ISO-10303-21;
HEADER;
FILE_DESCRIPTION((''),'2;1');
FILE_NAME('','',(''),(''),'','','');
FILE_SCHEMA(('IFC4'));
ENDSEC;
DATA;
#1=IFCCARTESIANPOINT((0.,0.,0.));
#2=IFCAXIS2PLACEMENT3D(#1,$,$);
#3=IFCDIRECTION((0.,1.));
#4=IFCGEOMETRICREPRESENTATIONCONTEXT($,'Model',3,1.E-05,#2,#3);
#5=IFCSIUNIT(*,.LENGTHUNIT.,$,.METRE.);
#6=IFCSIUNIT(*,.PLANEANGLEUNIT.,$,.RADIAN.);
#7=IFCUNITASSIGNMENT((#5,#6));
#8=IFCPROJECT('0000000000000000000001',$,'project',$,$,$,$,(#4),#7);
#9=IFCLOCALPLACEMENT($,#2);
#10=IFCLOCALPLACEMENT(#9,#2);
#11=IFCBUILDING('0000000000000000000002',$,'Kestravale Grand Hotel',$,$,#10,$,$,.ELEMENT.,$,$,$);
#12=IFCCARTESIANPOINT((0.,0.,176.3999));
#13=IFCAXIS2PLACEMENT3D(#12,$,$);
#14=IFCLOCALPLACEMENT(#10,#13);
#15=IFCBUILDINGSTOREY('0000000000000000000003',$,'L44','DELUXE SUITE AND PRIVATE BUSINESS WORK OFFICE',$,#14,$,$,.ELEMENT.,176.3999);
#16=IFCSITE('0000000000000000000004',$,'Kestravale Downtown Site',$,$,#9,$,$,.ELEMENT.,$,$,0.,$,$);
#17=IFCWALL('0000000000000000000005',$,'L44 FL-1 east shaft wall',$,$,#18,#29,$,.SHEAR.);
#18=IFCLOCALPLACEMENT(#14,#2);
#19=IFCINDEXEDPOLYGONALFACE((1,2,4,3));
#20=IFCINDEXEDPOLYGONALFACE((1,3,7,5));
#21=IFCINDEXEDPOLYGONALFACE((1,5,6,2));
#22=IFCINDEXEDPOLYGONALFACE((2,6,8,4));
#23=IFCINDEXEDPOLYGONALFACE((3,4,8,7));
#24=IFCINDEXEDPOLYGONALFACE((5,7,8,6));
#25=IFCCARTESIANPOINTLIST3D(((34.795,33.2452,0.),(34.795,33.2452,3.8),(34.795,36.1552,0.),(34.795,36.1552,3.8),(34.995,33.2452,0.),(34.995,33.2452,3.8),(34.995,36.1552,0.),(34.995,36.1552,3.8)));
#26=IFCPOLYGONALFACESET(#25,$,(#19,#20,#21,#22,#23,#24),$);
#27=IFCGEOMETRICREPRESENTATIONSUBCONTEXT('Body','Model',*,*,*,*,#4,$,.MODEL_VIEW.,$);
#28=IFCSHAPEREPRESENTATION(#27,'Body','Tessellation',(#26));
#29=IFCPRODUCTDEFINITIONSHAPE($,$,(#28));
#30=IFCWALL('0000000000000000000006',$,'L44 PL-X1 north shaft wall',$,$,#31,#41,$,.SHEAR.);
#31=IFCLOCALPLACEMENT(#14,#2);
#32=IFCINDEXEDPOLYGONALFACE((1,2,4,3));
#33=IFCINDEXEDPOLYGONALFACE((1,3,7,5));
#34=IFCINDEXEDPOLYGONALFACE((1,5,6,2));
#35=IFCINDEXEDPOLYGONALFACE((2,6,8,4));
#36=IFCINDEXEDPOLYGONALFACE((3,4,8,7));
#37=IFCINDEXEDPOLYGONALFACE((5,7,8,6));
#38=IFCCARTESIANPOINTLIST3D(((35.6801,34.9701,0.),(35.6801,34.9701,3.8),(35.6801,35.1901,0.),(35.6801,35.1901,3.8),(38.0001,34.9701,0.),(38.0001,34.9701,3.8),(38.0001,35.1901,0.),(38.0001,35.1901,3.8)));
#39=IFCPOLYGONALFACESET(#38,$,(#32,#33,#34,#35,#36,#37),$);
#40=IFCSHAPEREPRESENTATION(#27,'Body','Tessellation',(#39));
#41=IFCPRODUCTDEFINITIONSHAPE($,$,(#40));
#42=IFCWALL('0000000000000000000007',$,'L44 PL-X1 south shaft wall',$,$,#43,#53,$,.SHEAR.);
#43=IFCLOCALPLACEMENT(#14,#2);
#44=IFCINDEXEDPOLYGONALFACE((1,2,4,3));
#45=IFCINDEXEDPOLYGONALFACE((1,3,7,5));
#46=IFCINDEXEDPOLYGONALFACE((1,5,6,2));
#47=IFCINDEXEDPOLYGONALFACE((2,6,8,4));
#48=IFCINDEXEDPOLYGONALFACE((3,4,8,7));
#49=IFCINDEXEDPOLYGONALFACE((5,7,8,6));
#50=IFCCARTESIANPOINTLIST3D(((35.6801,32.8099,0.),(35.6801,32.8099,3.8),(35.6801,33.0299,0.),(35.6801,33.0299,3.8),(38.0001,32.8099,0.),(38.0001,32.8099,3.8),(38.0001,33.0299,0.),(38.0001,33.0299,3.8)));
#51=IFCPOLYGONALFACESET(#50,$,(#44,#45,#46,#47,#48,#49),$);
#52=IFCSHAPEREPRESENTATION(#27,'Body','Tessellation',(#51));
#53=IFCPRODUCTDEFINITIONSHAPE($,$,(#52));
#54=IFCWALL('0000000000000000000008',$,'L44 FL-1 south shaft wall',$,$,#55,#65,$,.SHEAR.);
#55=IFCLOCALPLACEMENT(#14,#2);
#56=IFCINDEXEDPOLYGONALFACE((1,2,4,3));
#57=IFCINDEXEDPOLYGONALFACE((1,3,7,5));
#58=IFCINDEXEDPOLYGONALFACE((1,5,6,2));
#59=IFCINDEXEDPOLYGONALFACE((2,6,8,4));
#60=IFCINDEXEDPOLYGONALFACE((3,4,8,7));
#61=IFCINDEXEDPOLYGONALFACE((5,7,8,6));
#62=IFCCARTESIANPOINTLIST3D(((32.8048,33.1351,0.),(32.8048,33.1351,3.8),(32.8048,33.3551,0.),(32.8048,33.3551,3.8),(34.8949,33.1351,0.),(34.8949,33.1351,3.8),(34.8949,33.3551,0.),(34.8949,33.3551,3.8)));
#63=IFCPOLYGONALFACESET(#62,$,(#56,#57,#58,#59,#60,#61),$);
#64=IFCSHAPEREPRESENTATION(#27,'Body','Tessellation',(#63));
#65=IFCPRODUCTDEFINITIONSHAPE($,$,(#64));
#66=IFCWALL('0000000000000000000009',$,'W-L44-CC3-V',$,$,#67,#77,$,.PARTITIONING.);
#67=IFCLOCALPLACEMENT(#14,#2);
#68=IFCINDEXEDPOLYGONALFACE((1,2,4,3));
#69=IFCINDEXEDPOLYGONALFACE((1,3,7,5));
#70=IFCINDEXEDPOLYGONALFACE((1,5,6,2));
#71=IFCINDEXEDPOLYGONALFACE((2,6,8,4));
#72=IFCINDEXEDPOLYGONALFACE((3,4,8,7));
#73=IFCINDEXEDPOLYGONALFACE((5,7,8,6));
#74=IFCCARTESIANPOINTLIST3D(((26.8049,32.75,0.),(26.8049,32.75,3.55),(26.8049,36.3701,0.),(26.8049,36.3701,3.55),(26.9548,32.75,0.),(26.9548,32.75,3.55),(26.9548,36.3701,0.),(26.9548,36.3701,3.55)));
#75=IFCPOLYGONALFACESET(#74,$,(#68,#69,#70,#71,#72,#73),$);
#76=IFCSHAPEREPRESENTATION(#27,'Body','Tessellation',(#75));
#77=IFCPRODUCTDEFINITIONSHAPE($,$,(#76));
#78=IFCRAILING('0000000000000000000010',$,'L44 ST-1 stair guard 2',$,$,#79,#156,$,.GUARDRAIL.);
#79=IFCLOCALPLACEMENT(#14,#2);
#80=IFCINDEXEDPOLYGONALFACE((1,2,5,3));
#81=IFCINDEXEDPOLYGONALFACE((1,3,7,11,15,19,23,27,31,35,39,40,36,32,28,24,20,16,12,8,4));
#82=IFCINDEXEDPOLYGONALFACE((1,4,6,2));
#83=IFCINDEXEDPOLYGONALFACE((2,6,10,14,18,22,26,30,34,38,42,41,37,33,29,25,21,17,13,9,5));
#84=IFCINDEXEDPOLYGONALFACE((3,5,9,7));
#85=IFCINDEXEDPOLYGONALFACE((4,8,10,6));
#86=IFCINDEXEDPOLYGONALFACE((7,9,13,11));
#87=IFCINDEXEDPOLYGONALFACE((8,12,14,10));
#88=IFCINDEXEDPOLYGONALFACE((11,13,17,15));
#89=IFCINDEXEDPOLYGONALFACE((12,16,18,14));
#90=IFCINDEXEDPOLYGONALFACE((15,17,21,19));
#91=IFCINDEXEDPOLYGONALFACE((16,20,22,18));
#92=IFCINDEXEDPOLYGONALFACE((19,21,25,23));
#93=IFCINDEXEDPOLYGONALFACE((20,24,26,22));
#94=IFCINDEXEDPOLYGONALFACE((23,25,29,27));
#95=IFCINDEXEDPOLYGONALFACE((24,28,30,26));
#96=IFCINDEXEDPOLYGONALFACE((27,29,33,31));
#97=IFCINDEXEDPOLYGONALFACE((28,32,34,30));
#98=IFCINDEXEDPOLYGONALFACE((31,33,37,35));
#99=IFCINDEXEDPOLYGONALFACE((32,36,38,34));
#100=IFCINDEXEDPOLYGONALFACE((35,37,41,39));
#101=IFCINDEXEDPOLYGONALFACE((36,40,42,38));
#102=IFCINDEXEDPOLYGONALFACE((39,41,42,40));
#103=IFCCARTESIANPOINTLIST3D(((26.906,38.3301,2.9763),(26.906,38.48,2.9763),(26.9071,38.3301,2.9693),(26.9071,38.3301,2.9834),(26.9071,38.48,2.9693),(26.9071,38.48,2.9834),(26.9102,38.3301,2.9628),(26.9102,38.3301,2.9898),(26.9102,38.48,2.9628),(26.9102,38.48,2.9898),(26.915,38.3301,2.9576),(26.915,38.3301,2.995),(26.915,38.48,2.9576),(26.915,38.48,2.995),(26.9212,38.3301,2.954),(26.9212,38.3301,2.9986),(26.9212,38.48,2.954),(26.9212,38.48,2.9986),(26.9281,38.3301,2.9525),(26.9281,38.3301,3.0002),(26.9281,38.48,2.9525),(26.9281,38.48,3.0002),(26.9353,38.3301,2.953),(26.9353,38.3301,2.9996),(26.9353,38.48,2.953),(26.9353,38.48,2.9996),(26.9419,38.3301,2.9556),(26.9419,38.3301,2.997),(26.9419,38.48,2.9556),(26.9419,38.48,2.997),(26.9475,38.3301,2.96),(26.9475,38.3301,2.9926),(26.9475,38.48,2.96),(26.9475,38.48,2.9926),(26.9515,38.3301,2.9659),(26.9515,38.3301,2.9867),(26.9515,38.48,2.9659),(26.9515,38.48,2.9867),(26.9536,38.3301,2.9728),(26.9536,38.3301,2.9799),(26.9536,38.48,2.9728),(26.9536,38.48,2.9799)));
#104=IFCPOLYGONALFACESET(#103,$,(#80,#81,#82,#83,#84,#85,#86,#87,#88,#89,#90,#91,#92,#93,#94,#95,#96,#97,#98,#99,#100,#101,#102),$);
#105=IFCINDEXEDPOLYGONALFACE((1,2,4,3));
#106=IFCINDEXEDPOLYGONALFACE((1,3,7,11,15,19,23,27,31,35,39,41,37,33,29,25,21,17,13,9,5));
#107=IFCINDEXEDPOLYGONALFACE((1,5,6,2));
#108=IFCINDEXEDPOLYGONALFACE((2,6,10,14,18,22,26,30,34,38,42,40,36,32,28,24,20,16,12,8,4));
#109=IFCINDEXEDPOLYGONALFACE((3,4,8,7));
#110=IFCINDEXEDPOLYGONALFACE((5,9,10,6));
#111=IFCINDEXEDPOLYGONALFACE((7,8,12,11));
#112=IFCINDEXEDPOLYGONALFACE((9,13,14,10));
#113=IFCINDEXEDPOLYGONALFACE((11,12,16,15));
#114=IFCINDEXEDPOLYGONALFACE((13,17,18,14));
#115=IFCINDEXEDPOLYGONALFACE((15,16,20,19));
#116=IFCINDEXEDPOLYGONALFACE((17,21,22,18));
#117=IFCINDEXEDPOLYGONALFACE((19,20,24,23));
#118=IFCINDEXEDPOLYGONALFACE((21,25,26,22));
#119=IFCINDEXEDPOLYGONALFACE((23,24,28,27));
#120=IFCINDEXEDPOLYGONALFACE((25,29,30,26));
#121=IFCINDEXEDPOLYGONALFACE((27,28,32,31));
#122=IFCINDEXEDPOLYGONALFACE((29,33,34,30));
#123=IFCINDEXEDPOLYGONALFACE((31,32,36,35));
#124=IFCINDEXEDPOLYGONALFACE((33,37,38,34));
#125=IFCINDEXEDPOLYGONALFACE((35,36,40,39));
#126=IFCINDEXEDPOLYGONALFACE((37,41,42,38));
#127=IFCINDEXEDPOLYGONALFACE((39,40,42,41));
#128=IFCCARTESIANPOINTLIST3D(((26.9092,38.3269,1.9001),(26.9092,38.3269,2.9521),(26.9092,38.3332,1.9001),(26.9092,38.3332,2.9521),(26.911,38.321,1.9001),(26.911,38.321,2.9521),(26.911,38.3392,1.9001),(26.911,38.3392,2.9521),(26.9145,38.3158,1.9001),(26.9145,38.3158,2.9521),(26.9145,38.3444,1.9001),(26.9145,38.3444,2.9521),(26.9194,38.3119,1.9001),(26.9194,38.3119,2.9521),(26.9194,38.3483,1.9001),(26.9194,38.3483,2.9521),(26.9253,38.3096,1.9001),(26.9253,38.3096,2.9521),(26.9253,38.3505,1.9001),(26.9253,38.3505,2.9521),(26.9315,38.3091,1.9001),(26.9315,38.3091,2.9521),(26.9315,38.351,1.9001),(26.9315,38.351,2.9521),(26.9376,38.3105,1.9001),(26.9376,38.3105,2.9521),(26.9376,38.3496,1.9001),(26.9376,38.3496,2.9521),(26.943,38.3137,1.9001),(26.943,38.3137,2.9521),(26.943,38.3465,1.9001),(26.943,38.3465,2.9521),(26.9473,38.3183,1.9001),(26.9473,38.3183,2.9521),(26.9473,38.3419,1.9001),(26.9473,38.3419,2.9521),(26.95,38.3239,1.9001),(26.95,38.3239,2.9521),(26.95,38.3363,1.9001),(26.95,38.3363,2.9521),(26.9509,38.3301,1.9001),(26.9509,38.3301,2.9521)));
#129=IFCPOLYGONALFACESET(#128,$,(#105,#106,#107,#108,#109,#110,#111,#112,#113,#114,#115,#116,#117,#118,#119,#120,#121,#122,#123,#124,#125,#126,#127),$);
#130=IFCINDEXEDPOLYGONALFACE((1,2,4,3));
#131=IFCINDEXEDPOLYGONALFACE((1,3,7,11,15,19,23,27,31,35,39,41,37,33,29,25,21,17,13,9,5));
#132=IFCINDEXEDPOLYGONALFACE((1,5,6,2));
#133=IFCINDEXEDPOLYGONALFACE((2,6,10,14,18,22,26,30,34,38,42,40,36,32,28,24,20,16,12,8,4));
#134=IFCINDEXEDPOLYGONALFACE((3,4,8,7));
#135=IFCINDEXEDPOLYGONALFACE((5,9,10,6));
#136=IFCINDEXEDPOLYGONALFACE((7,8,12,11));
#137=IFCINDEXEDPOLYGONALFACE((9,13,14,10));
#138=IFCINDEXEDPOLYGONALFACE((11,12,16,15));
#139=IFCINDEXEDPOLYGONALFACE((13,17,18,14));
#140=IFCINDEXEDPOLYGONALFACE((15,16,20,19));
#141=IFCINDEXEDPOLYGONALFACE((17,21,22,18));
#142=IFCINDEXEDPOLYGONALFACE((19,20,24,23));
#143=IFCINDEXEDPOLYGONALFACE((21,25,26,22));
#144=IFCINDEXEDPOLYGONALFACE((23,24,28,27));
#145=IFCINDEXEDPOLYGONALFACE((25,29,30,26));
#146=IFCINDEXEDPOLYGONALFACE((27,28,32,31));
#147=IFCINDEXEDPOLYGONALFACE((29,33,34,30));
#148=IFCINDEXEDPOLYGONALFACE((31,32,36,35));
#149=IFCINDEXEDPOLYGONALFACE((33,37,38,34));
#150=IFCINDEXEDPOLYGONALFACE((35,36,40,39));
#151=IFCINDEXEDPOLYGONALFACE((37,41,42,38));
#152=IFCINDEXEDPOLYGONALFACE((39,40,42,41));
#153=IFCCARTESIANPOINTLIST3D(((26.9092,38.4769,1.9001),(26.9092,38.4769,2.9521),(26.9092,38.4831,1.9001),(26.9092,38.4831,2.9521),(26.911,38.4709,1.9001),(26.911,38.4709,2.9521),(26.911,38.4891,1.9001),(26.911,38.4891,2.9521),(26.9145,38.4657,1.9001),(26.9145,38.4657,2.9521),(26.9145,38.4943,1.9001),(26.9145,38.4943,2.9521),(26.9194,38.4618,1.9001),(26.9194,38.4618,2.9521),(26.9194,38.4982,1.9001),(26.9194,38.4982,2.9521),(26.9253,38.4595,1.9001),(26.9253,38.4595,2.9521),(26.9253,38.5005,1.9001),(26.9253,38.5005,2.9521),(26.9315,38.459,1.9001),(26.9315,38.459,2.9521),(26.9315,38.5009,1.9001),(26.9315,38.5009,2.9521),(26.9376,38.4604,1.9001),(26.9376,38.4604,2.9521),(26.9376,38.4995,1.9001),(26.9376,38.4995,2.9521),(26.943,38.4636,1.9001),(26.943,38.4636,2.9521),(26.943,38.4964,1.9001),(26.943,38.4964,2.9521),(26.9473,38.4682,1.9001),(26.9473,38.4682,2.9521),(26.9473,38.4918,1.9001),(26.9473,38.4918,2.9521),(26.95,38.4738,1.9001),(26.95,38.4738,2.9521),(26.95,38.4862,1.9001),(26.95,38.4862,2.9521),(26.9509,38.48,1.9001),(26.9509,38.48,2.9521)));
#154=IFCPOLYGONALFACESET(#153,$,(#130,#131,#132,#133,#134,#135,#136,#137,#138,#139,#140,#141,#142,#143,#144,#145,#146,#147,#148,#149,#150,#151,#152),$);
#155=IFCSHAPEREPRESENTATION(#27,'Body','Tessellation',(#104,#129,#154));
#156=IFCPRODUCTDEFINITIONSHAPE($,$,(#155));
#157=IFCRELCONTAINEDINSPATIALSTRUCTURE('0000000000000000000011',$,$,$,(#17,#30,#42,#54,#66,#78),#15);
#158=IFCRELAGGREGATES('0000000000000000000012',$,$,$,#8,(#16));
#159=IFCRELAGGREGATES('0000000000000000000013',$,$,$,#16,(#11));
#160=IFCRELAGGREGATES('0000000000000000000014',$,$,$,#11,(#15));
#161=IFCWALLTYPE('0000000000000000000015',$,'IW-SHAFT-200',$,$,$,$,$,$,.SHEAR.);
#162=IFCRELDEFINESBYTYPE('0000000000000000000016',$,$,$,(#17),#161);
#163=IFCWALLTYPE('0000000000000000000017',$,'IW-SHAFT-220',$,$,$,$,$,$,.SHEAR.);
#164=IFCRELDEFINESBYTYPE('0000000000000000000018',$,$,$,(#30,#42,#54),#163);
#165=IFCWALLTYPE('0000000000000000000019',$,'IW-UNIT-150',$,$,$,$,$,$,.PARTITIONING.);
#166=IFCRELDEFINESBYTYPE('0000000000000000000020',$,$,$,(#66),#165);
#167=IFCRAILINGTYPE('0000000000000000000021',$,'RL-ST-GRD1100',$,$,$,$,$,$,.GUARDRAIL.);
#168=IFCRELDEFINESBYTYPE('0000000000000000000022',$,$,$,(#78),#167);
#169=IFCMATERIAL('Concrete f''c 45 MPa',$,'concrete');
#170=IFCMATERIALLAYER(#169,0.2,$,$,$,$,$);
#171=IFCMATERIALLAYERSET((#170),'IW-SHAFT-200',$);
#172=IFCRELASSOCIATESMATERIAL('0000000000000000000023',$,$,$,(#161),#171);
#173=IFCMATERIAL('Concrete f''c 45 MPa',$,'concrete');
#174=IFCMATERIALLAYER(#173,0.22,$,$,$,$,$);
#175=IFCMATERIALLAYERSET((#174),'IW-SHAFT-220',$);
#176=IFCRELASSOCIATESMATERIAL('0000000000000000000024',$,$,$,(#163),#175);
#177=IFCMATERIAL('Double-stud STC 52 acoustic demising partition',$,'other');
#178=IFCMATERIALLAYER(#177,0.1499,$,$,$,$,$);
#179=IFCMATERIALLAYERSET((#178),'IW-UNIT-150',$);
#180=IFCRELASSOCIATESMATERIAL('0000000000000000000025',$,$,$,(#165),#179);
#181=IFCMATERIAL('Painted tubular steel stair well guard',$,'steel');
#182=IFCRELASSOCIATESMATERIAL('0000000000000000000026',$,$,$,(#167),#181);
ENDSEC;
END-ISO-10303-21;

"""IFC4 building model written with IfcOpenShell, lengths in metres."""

from ifc_helpers import new_model, si_unit, direction, frame, frame_2d, origin, origin_2d, place, context, subcontext, project, spatial, rectangle, circle, extrude, material, layer, layer_set, type_object, element, save


model = new_model("IFC4")

# Units and contexts
model_context = context("Model", 3, precision=1e-05, world=origin(), true_north=direction((0.0, 1.0)))
body_context = subcontext(model_context, "Body", "Model", "MODEL_VIEW")
ifc_project = project(units=[si_unit("LENGTHUNIT", "METRE"), si_unit("PLANEANGLEUNIT", "RADIAN")], contexts=[model_context])

# Site, building, storey
site_placement = place(None, origin())
site = spatial("IfcSite", under=ifc_project, at=site_placement, Name="Kestravale Downtown Site", CompositionType="ELEMENT", RefElevation=0.0)
building_placement = place(site_placement, origin())
building = spatial("IfcBuilding", under=site, at=building_placement, Name="Kestravale Grand Hotel", CompositionType="ELEMENT")
storey_placement = place(building_placement, frame((0.0, 0.0, 176.3999)))
storey = spatial("IfcBuildingStorey", under=building, at=storey_placement, Name="L44", Description="DELUXE SUITE AND PRIVATE BUSINESS WORK OFFICE", CompositionType="ELEMENT", Elevation=176.3999)

# Walls
ifc_material_1 = material(Name="Concrete f'c 45 MPa", Category="concrete")
ifc_layer_1 = layer(ifc_material_1, 0.2)
ifc_layer_set_1 = layer_set([ifc_layer_1], Name="IW-SHAFT-200")
wall_type_1 = type_object("IfcWallType", Name="IW-SHAFT-200", PredefinedType="SHEAR", material=ifc_layer_set_1)
for number, where, z_axis, x_axis, name in (
    (1, (34.895, 33.2451, 0.0), (0.0, 0.0, 1.0), (0.0, 1.0, 0.0), "L44 FL-1 east shaft wall"),
):
    element("IfcWall", number, at=place(storey_placement, frame(where, z_axis=z_axis, x_axis=x_axis)), inside=storey, type_object=wall_type_1, Name=name, PredefinedType="SHEAR", context=body_context, shape_type="SweptSolid", body=[
        extrude(rectangle(XDim=2.9099, YDim=0.2, at=frame_2d((1.4551, 0.0))), origin(), (0.0, 0.0, 1.0), 3.8),
    ])
ifc_material_2 = material(Name="Concrete f'c 45 MPa", Category="concrete")
ifc_layer_2 = layer(ifc_material_2, 0.22)
ifc_layer_set_2 = layer_set([ifc_layer_2], Name="IW-SHAFT-220")
wall_type_2 = type_object("IfcWallType", Name="IW-SHAFT-220", PredefinedType="SHEAR", material=ifc_layer_set_2)
for number, where, z_axis, x_axis, name in (
    (2, (35.6799, 35.0801, 0.0), (0.0, 0.0, 1.0), (1.0, 0.0, 0.0), "L44 PL-X1 north shaft wall"),
    (3, (35.6799, 32.9199, 0.0), (0.0, 0.0, 1.0), (1.0, 0.0, 0.0), "L44 PL-X1 south shaft wall"),
):
    element("IfcWall", number, at=place(storey_placement, frame(where, z_axis=z_axis, x_axis=x_axis)), inside=storey, type_object=wall_type_2, Name=name, PredefinedType="SHEAR", context=body_context, shape_type="SweptSolid", body=[
        extrude(rectangle(XDim=2.3201, YDim=0.22, at=frame_2d((1.1602, 0.0))), origin(), (0.0, 0.0, 1.0), 3.8),
    ])

# Walls
wall_1_placement = place(storey_placement, frame((32.8049, 33.2451, 0.0), z_axis=(0.0, 0.0, 1.0), x_axis=(1.0, 0.0, 0.0)))
element("IfcWall", 4, at=wall_1_placement, inside=storey, type_object=wall_type_2, Name="L44 FL-1 south shaft wall", PredefinedType="SHEAR", context=body_context, shape_type="SweptSolid", body=[
    extrude(rectangle(XDim=2.0901, YDim=0.22, at=frame_2d((1.0449, 0.0))), origin(), (0.0, 0.0, 1.0), 3.8),
])
ifc_material_3 = material(Name="Double-stud STC 52 acoustic demising partition", Category="other")
ifc_layer_3 = layer(ifc_material_3, 0.1499)
ifc_layer_set_3 = layer_set([ifc_layer_3], Name="IW-UNIT-150")
wall_type_3 = type_object("IfcWallType", Name="IW-UNIT-150", PredefinedType="PARTITIONING", material=ifc_layer_set_3)
wall_2_placement = place(storey_placement, frame((26.8799, 32.75, 0.0), z_axis=(0.0, 0.0, 1.0), x_axis=(0.0, 1.0, 0.0)))
element("IfcWall", 5, at=wall_2_placement, inside=storey, type_object=wall_type_3, Name="W-L44-CC3-V", PredefinedType="PARTITIONING", context=body_context, shape_type="SweptSolid", body=[
    extrude(rectangle(XDim=3.6201, YDim=0.1499, at=frame_2d((1.8101, 0.0))), origin(), (0.0, 0.0, 1.0), 3.55),
])

# Railing
ifc_material_4 = material(Name="Painted tubular steel stair well guard", Category="steel")
railing_type = type_object("IfcRailingType", Name="RL-ST-GRD1100", PredefinedType="GUARDRAIL", material=ifc_material_4)
railing_placement = place(storey_placement, frame((26.9299, 38.3301, 1.9001)))
element("IfcRailing", 6, at=railing_placement, inside=storey, type_object=railing_type, Name="L44 ST-1 stair guard 2", PredefinedType="GUARDRAIL", context=body_context, shape_type="SweptSolid", body=[
    extrude(circle(Radius=0.0239, at=origin_2d()), frame((0.0, 0.0, 1.0762), z_axis=(0.0, 1.0, 0.0), x_axis=(-1.0, 0.0, 0.0)), (0.0, 0.0, 1.0), 0.1499),
    extrude(circle(Radius=0.021, at=origin_2d()), origin(), (0.0, 0.0, 1.0), 1.052),
    extrude(circle(Radius=0.021, at=origin_2d()), frame((0.0, 0.1499, 0.0)), (0.0, 0.0, 1.0), 1.052),
])

save(model, "model.ifc")
